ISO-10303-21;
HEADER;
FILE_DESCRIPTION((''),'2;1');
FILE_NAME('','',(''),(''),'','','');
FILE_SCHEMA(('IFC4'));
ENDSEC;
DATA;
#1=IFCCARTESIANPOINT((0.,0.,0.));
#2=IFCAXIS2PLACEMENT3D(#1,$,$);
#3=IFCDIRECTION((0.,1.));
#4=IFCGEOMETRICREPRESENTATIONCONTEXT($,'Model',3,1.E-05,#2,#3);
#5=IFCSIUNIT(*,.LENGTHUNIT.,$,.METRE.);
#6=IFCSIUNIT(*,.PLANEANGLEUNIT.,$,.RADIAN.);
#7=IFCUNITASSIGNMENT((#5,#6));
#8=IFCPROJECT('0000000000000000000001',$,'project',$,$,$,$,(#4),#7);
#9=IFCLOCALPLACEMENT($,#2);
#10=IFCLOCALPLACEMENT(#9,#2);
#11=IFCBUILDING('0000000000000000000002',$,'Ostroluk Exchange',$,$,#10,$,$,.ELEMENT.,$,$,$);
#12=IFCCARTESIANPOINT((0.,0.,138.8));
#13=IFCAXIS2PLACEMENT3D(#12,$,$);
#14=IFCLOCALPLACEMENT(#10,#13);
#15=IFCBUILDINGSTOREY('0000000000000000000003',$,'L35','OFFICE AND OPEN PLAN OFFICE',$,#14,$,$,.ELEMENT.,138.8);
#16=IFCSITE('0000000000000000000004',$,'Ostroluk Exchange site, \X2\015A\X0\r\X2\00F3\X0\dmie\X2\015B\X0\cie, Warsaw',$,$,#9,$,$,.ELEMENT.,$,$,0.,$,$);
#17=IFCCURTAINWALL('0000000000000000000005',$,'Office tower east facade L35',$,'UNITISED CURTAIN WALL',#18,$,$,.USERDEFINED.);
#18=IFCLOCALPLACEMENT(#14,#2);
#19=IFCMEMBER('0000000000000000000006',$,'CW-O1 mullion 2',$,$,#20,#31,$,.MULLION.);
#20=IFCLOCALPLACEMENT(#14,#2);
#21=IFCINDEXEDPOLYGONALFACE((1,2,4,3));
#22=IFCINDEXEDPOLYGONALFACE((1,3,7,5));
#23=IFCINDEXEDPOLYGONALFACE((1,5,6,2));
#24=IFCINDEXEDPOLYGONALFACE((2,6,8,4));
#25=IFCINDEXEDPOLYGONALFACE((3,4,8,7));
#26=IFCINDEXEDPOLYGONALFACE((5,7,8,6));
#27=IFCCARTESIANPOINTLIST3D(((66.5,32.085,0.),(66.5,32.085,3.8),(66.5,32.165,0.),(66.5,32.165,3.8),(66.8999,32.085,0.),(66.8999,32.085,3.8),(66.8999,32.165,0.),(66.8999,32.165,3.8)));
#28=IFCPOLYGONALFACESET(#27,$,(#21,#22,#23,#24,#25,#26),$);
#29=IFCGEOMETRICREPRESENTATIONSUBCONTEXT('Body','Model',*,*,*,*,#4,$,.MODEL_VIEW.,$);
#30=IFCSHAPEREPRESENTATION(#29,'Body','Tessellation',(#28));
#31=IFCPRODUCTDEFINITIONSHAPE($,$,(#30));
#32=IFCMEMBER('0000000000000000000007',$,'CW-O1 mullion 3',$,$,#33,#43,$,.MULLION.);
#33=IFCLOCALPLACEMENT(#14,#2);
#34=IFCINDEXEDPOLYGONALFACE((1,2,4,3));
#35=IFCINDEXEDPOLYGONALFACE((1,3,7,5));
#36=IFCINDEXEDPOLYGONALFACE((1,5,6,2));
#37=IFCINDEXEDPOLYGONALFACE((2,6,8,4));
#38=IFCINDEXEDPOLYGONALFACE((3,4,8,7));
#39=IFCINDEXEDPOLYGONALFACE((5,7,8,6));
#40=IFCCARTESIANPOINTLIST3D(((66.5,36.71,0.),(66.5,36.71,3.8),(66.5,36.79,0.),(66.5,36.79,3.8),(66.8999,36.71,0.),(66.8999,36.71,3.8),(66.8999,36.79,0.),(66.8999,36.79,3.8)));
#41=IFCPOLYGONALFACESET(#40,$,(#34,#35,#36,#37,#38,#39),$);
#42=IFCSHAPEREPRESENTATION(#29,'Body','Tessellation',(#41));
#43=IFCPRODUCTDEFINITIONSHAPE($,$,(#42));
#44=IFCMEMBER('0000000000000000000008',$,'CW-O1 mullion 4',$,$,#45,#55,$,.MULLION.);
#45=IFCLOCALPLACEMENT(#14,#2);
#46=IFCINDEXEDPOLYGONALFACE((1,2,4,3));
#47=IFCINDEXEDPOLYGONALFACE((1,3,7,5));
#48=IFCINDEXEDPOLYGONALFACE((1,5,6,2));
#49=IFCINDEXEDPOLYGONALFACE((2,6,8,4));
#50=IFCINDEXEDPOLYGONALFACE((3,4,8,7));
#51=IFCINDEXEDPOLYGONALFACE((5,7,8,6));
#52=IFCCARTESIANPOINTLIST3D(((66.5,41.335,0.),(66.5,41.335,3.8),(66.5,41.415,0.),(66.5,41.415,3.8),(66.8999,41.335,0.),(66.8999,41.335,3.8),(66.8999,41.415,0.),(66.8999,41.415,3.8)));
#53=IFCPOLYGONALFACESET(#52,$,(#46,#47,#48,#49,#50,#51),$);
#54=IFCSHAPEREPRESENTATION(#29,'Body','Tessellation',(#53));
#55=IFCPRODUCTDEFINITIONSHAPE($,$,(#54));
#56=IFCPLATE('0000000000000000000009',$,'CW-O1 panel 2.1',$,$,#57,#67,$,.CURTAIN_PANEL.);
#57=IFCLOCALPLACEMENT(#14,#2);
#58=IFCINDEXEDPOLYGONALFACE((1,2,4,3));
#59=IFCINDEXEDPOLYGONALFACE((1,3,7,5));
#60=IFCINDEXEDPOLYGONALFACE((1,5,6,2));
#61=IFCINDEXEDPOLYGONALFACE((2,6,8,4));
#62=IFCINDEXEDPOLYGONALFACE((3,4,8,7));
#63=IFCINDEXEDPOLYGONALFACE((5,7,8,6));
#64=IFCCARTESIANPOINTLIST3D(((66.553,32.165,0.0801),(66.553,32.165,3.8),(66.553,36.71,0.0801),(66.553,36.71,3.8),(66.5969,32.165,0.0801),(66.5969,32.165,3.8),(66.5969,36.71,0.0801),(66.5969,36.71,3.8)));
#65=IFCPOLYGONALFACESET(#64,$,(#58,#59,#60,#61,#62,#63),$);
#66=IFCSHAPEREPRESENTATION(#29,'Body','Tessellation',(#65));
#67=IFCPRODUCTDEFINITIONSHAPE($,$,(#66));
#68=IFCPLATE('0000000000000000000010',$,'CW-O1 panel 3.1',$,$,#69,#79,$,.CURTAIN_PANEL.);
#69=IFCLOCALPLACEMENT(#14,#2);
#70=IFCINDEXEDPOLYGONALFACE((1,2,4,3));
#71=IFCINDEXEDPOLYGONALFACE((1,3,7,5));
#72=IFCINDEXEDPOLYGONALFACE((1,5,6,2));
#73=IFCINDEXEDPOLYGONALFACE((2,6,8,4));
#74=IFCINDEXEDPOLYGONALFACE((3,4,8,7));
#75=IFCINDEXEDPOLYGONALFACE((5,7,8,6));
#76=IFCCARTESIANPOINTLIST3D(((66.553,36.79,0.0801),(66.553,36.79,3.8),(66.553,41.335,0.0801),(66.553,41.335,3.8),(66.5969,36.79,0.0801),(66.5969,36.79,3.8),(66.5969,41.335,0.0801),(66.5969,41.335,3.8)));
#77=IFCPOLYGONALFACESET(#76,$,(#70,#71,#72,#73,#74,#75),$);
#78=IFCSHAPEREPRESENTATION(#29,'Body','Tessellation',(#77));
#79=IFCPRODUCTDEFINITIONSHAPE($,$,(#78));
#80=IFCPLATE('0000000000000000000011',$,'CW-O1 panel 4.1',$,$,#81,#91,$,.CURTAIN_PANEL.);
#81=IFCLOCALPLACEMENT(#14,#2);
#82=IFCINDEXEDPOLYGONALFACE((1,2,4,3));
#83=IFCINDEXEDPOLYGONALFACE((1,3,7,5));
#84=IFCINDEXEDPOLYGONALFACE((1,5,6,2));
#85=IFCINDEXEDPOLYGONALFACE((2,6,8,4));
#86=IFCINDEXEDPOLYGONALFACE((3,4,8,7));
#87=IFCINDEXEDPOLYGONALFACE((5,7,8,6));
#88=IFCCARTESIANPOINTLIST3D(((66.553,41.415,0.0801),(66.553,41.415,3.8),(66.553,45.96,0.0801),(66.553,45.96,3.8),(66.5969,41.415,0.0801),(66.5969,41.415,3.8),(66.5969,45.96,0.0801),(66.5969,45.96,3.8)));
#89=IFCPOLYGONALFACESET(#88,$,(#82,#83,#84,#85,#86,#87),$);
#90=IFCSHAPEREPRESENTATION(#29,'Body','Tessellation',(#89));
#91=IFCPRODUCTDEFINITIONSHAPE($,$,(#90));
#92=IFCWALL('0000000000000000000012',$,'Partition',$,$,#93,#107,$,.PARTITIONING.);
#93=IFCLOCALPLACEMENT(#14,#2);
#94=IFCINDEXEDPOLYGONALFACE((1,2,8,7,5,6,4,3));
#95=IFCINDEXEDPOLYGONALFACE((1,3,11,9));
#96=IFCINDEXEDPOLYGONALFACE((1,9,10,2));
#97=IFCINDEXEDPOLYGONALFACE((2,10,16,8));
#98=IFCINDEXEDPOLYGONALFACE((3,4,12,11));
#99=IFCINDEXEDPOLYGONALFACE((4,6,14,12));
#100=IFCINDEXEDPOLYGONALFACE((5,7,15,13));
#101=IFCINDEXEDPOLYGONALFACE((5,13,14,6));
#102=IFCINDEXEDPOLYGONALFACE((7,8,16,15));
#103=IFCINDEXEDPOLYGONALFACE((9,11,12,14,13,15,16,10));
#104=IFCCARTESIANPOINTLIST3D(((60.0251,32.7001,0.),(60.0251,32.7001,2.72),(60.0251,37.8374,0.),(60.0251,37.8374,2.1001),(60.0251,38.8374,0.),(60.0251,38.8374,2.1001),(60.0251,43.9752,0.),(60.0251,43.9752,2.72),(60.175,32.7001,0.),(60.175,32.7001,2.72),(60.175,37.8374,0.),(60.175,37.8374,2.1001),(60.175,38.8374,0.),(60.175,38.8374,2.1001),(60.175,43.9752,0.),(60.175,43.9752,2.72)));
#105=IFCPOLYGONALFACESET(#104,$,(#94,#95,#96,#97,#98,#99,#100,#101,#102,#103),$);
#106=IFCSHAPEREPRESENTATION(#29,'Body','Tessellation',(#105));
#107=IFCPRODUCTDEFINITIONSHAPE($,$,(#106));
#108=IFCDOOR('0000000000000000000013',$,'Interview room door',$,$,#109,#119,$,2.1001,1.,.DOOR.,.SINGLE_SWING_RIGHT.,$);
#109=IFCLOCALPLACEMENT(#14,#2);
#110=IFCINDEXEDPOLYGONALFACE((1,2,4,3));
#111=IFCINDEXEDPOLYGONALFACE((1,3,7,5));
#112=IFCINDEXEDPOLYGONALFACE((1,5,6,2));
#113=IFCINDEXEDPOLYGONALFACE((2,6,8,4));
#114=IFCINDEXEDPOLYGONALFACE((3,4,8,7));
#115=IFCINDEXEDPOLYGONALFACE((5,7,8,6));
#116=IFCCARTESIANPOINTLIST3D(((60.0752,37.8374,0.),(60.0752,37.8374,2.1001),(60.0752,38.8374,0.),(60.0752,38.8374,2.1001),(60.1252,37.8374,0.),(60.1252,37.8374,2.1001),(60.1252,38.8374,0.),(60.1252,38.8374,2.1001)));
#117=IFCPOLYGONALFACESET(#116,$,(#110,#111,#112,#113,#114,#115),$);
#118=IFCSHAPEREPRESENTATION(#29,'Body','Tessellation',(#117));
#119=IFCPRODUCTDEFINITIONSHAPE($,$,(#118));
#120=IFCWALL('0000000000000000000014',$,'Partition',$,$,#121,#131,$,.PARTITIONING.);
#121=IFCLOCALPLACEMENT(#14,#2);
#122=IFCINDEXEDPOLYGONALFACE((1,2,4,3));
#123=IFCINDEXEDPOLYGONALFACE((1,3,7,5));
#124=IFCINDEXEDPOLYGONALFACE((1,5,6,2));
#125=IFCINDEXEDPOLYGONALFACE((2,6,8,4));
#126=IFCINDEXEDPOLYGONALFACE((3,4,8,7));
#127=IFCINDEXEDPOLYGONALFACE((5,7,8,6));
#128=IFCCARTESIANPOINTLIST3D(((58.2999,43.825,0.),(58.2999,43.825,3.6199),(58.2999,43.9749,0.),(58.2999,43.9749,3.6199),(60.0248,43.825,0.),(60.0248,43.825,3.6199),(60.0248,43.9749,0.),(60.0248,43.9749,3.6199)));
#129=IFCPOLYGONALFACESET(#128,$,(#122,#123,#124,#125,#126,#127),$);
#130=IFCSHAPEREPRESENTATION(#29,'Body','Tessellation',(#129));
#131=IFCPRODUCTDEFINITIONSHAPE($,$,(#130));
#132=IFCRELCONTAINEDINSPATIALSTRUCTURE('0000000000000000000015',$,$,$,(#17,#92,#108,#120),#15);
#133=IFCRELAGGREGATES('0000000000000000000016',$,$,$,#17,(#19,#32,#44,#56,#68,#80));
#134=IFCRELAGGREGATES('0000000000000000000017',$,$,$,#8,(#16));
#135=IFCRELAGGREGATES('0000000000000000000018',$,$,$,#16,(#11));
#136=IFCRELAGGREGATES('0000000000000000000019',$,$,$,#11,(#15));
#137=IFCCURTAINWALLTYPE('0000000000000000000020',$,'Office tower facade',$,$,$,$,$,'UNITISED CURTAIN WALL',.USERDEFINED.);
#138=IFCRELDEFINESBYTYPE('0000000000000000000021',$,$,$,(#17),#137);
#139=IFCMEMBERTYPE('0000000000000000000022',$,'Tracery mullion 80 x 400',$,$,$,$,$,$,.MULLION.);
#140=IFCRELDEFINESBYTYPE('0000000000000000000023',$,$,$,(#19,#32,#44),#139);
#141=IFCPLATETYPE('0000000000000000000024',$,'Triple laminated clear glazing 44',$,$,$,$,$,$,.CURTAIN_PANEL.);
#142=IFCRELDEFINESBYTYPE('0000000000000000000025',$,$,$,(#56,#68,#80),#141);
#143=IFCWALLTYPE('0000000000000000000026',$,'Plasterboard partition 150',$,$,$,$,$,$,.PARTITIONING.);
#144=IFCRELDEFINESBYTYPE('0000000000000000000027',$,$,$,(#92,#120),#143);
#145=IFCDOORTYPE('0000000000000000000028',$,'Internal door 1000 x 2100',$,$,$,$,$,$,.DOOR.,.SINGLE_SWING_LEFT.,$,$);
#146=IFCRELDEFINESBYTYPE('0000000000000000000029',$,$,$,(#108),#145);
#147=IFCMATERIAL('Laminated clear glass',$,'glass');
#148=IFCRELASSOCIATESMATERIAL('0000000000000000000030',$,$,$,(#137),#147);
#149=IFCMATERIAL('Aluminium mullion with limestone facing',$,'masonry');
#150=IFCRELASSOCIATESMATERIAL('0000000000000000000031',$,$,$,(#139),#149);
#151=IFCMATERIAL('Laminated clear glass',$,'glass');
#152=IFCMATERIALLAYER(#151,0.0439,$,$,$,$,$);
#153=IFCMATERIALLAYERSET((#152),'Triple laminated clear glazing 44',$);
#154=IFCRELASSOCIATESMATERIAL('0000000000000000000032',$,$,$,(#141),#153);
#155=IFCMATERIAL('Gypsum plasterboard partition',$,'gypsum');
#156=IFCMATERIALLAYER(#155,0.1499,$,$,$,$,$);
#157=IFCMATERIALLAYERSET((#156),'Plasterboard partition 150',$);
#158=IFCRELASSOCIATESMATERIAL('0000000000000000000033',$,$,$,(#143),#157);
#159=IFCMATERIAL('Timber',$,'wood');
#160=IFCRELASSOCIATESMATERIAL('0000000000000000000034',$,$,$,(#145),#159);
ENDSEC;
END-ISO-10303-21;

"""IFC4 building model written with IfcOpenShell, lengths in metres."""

from ifc_helpers import new_model, si_unit, direction, frame, frame_2d, origin, origin_2d, place, context, subcontext, project, spatial, rectangle, extrude, material, layer, layer_set, material_profile, profile_set, type_object, element, fill, aggregate, save


model = new_model("IFC4")

# Units and contexts
model_context = context("Model", 3, precision=1e-05, world=origin(), true_north=direction((0.0, 1.0)))
body_context = subcontext(model_context, "Body", "Model", "MODEL_VIEW")
ifc_project = project(units=[si_unit("LENGTHUNIT", "METRE"), si_unit("PLANEANGLEUNIT", "RADIAN")], contexts=[model_context])

# Site, building, storey
site_placement = place(None, origin())
site = spatial("IfcSite", under=ifc_project, at=site_placement, Name="Ostroluk Exchange site, Śródmieście, Warsaw", CompositionType="ELEMENT", RefElevation=0.0)
building_placement = place(site_placement, origin())
building = spatial("IfcBuilding", under=site, at=building_placement, Name="Ostroluk Exchange", CompositionType="ELEMENT")
storey_placement = place(building_placement, frame((0.0, 0.0, 138.8)))
storey = spatial("IfcBuildingStorey", under=building, at=storey_placement, Name="L35", Description="OFFICE AND OPEN PLAN OFFICE", CompositionType="ELEMENT", Elevation=138.8)

# Curtain wall, members, plates
ifc_material_1 = material(Name="Laminated clear glass", Category="glass")
curtain_wall_type = type_object("IfcCurtainWallType", Name="Office tower facade", ElementType="UNITISED CURTAIN WALL", PredefinedType="USERDEFINED", material=ifc_material_1)
curtain_wall_placement = place(storey_placement, origin())
curtain_wall = element("IfcCurtainWall", 1, at=curtain_wall_placement, inside=storey, type_object=curtain_wall_type, Name="Office tower east facade L35", ObjectType="UNITISED CURTAIN WALL", PredefinedType="USERDEFINED")
ifc_material_2 = material(Name="Aluminium mullion with limestone facing", Category="masonry")
ifc_material_profile_1 = material_profile(ifc_material_2, rectangle(XDim=0.3999, YDim=0.0801, at=origin_2d()), Name="Tracery mullion 80 x 400")
ifc_profile_set_1 = profile_set([ifc_material_profile_1], Name="Aluminium mullion with limestone facing")
member_type_1 = type_object("IfcMemberType", Name="Tracery mullion 80 x 400", PredefinedType="MULLION", material=ifc_profile_set_1)
member_1_placement = place(storey_placement, frame((66.7, 32.125, 0.0), z_axis=(0.0, 0.0, 1.0), x_axis=(-1.0, 0.0, 0.0)))
member_1 = element("IfcMember", 2, at=member_1_placement, type_object=member_type_1, Name="CW-O1 mullion 2", PredefinedType="MULLION", context=body_context, shape_type="SweptSolid", body=[
    extrude(rectangle(XDim=0.3999, YDim=0.0801, at=origin_2d()), origin(), (0.0, 0.0, 1.0), 3.8),
])
member_2_placement = place(storey_placement, frame((66.7, 36.75, 0.0), z_axis=(0.0, 0.0, 1.0), x_axis=(-1.0, 0.0, 0.0)))
member_2 = element("IfcMember", 3, at=member_2_placement, type_object=member_type_1, Name="CW-O1 mullion 3", PredefinedType="MULLION", context=body_context, shape_type="SweptSolid", body=[
    extrude(rectangle(XDim=0.3999, YDim=0.0801, at=origin_2d()), origin(), (0.0, 0.0, 1.0), 3.8),
])
member_3_placement = place(storey_placement, frame((66.7, 41.375, 0.0), z_axis=(0.0, 0.0, 1.0), x_axis=(-1.0, 0.0, 0.0)))
member_3 = element("IfcMember", 4, at=member_3_placement, type_object=member_type_1, Name="CW-O1 mullion 4", PredefinedType="MULLION", context=body_context, shape_type="SweptSolid", body=[
    extrude(rectangle(XDim=0.3999, YDim=0.0801, at=origin_2d()), origin(), (0.0, 0.0, 1.0), 3.8),
])
ifc_material_3 = material(Name="Laminated clear glass", Category="glass")
ifc_layer_1 = layer(ifc_material_3, 0.0439)
ifc_layer_set_1 = layer_set([ifc_layer_1], Name="Triple laminated clear glazing 44")
plate_type = type_object("IfcPlateType", Name="Triple laminated clear glazing 44", PredefinedType="CURTAIN_PANEL", material=ifc_layer_set_1)
plate_1_placement = place(storey_placement, frame((66.575, 34.4375, 0.0801), z_axis=(0.0, 0.0, 1.0), x_axis=(0.0, 1.0, 0.0)))
plate_1 = element("IfcPlate", 5, at=plate_1_placement, type_object=plate_type, Name="CW-O1 panel 2.1", PredefinedType="CURTAIN_PANEL", context=body_context, shape_type="SweptSolid", body=[
    extrude(rectangle(XDim=4.5449, YDim=0.0439, at=origin_2d()), origin(), (0.0, 0.0, 1.0), 3.72),
])
plate_2_placement = place(storey_placement, frame((66.575, 39.0625, 0.0801), z_axis=(0.0, 0.0, 1.0), x_axis=(0.0, 1.0, 0.0)))
plate_2 = element("IfcPlate", 6, at=plate_2_placement, type_object=plate_type, Name="CW-O1 panel 3.1", PredefinedType="CURTAIN_PANEL", context=body_context, shape_type="SweptSolid", body=[
    extrude(rectangle(XDim=4.5449, YDim=0.0439, at=origin_2d()), origin(), (0.0, 0.0, 1.0), 3.72),
])
plate_3_placement = place(storey_placement, frame((66.575, 43.6875, 0.0801), z_axis=(0.0, 0.0, 1.0), x_axis=(0.0, 1.0, 0.0)))
plate_3 = element("IfcPlate", 7, at=plate_3_placement, type_object=plate_type, Name="CW-O1 panel 4.1", PredefinedType="CURTAIN_PANEL", context=body_context, shape_type="SweptSolid", body=[
    extrude(rectangle(XDim=4.5449, YDim=0.0439, at=origin_2d()), origin(), (0.0, 0.0, 1.0), 3.72),
])
aggregate(curtain_wall, [member_1, member_2, member_3, plate_1, plate_2, plate_3])

# Wall, opening, door
ifc_material_4 = material(Name="Gypsum plasterboard partition", Category="gypsum")
ifc_layer_2 = layer(ifc_material_4, 0.1499)
ifc_layer_set_2 = layer_set([ifc_layer_2], Name="Plasterboard partition 150")
wall_type = type_object("IfcWallType", Name="Plasterboard partition 150", PredefinedType="PARTITIONING", material=ifc_layer_set_2)
wall_1_placement = place(storey_placement, frame((60.1001, 32.7, 0.0), z_axis=(0.0, 0.0, 1.0), x_axis=(0.0, 1.0, 0.0)))
wall_1 = element("IfcWall", 8, at=wall_1_placement, inside=storey, type_object=wall_type, Name="Partition", PredefinedType="PARTITIONING", context=body_context, shape_type="SweptSolid", body=[
    extrude(rectangle(XDim=11.2751, YDim=0.1499, at=frame_2d((5.6377, 0.0))), origin(), (0.0, 0.0, 1.0), 2.72),
])
opening_1_placement = place(wall_1_placement, frame((5.1375, 0.0, 0.0)))
opening_1 = element("IfcOpeningElement", 9, at=opening_1_placement, cuts=wall_1, PredefinedType="OPENING", context=body_context, shape_type="SweptSolid", body=[
    extrude(rectangle(XDim=1.0, YDim=2.1001, at=frame_2d((0.5, 1.05))), frame((0.0, 0.085, 0.0), z_axis=(0.0, -1.0, 0.0), x_axis=(1.0, 0.0, 0.0)), (0.0, 0.0, 1.0), 0.1699),
])
ifc_material_5 = material(Name="Timber", Category="wood")
door_type = type_object("IfcDoorType", Name="Internal door 1000 x 2100", OperationType="SINGLE_SWING_LEFT", PredefinedType="DOOR", material=ifc_material_5)
door_1_placement = place(opening_1_placement, origin())
door_1 = element("IfcDoor", 10, at=door_1_placement, inside=storey, type_object=door_type, Name="Interview room door", OperationType="SINGLE_SWING_RIGHT", OverallHeight=2.1001, OverallWidth=1.0, PredefinedType="DOOR", context=body_context, shape_type="SweptSolid", body=[
    extrude(rectangle(XDim=1.0, YDim=2.1001, at=frame_2d((0.5, 1.05))), frame((0.0, 0.0249, 0.0), z_axis=(0.0, -1.0, 0.0), x_axis=(1.0, 0.0, 0.0)), (0.0, 0.0, 1.0), 0.05),
])
fill(opening_1, door_1)

# Wall
wall_2_placement = place(storey_placement, frame((58.3, 43.8999, 0.0), z_axis=(0.0, 0.0, 1.0), x_axis=(1.0, 0.0, 0.0)))
element("IfcWall", 11, at=wall_2_placement, inside=storey, type_object=wall_type, Name="Partition", PredefinedType="PARTITIONING", context=body_context, shape_type="SweptSolid", body=[
    extrude(rectangle(XDim=1.7249, YDim=0.1499, at=frame_2d((0.8623, 0.0))), origin(), (0.0, 0.0, 1.0), 3.6199),
])

save(model, "model.ifc")
